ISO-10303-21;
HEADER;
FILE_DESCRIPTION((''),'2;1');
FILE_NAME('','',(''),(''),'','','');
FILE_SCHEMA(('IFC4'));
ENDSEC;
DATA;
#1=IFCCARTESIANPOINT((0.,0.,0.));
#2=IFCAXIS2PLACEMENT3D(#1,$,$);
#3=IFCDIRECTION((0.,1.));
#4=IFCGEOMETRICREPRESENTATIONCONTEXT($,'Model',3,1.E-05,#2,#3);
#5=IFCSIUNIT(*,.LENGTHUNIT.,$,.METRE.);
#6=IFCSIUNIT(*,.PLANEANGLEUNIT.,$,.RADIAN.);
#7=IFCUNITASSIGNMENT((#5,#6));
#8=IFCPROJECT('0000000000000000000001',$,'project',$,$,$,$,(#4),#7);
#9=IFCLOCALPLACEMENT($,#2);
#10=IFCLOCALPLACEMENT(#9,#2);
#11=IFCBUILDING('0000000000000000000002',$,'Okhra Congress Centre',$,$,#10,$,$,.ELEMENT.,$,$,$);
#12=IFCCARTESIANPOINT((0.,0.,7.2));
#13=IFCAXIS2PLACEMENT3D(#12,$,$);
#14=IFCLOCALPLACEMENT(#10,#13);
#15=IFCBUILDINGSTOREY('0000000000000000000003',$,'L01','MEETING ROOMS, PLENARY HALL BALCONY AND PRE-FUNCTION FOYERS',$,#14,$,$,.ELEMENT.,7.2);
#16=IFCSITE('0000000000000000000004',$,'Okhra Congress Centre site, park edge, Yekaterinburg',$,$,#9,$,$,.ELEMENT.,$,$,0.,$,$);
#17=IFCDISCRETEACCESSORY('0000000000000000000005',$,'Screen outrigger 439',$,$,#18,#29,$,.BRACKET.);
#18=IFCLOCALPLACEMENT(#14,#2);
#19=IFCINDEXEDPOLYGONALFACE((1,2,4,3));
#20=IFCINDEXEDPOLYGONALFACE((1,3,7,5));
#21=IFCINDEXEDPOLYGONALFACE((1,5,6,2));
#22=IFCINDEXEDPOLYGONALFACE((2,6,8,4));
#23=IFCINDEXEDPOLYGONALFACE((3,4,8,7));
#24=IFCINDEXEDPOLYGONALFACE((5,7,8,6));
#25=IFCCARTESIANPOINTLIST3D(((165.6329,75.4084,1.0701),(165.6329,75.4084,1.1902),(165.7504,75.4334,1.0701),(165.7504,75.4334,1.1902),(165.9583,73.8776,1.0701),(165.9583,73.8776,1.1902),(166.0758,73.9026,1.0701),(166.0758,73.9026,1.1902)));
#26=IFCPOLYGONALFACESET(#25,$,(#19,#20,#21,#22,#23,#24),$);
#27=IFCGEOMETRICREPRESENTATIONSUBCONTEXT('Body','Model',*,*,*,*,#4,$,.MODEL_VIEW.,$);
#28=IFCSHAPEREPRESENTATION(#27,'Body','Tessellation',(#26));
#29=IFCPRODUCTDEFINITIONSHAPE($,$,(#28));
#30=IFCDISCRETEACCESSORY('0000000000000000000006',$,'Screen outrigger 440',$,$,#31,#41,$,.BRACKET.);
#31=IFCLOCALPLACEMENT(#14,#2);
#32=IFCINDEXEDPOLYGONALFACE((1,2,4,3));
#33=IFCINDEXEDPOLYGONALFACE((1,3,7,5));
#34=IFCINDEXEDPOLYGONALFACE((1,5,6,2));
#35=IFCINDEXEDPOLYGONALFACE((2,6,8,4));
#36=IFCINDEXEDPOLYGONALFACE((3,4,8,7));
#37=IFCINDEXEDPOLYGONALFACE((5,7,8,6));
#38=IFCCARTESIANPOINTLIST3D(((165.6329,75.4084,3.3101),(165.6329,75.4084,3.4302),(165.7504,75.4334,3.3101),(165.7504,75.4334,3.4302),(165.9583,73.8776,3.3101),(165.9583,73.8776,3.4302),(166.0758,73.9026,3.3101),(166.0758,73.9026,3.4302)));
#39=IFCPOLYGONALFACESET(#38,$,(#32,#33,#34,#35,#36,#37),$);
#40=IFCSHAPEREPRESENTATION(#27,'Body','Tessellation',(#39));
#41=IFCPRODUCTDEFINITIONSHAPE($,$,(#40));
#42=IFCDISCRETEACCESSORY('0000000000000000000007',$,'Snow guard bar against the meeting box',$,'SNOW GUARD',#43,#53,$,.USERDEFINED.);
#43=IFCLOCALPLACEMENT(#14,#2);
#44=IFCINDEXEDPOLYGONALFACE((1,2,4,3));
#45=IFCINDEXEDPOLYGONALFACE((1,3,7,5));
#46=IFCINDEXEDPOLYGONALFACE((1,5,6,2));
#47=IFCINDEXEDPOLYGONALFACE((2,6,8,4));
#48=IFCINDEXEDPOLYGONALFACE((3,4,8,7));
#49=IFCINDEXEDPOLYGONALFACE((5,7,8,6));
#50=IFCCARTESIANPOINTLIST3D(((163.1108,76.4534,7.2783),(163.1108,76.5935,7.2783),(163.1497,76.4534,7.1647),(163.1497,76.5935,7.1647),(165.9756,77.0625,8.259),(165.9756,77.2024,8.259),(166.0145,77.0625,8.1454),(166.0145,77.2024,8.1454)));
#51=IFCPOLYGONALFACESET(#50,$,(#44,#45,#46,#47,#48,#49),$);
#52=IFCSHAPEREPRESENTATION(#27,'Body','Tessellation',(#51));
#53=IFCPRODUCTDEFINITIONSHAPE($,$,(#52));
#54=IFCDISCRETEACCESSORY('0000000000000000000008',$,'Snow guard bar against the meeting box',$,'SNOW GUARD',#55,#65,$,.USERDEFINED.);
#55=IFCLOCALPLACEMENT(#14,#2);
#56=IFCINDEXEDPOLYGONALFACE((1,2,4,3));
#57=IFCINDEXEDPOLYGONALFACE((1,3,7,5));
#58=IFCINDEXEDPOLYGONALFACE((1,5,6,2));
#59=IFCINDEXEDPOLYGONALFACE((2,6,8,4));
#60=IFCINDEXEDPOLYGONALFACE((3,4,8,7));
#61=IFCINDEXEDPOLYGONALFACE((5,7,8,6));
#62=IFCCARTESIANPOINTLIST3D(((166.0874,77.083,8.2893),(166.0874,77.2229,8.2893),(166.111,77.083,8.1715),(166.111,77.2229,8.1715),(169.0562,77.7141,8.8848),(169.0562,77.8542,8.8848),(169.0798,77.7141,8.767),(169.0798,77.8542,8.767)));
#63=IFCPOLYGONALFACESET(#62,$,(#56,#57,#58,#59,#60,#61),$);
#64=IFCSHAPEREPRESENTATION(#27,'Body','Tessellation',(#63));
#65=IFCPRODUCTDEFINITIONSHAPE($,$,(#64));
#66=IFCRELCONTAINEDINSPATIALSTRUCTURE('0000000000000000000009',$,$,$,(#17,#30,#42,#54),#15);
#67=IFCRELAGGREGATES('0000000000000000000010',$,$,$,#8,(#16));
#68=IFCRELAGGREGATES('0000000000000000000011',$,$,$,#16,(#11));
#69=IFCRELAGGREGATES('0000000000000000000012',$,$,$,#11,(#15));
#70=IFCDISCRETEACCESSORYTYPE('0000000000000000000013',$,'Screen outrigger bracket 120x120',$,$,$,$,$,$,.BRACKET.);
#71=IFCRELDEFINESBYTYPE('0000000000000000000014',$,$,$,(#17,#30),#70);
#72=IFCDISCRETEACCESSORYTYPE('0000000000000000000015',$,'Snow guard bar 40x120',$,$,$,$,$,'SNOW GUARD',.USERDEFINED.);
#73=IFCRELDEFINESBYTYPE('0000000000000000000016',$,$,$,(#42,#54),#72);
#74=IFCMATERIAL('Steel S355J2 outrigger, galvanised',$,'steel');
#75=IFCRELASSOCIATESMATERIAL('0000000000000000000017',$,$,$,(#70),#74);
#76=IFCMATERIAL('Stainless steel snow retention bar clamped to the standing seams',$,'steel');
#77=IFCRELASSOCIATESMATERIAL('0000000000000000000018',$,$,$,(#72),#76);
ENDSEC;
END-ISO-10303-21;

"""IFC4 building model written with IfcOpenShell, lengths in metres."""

from ifc_helpers import new_model, si_unit, direction, frame, origin, origin_2d, place, context, subcontext, project, spatial, polyline, rectangle, outline, extrude, material, material_profile, profile_set, type_object, element, save


model = new_model("IFC4")

# Units and contexts
model_context = context("Model", 3, precision=1e-05, world=origin(), true_north=direction((0.0, 1.0)))
body_context = subcontext(model_context, "Body", "Model", "MODEL_VIEW")
ifc_project = project(units=[si_unit("LENGTHUNIT", "METRE"), si_unit("PLANEANGLEUNIT", "RADIAN")], contexts=[model_context])

# Site, building, storey
site_placement = place(None, origin())
site = spatial("IfcSite", under=ifc_project, at=site_placement, Name="Okhra Congress Centre site, park edge, Yekaterinburg", CompositionType="ELEMENT", RefElevation=0.0)
building_placement = place(site_placement, origin())
building = spatial("IfcBuilding", under=site, at=building_placement, Name="Okhra Congress Centre", CompositionType="ELEMENT")
storey_placement = place(building_placement, frame((0.0, 0.0, 7.2)))
storey = spatial("IfcBuildingStorey", under=building, at=storey_placement, Name="L01", Description="MEETING ROOMS, PLENARY HALL BALCONY AND PRE-FUNCTION FOYERS", CompositionType="ELEMENT", Elevation=7.2)

# Discrete accessories
ifc_material_1 = material(Name="Steel S355J2 outrigger, galvanised", Category="steel")
ifc_material_profile_1 = material_profile(ifc_material_1, rectangle(XDim=0.1201, YDim=0.1201, at=origin_2d()), Name="Screen outrigger bracket 120x120")
ifc_profile_set_1 = profile_set([ifc_material_profile_1], Name="Steel S355J2 outrigger, galvanised")
discrete_accessory_type_1 = type_object("IfcDiscreteAccessoryType", Name="Screen outrigger bracket 120x120", PredefinedType="BRACKET", material=ifc_profile_set_1)
for number, where, z_axis, x_axis, name in (
    (1, (166.0171, 73.8901, 1.1301), (-0.207952, 0.978139, 0.0), (-0.978139, -0.207952, 0.0), "Screen outrigger 439"),
    (2, (166.0171, 73.8901, 3.3701), (-0.207952, 0.978139, 0.0), (-0.978139, -0.207952, 0.0), "Screen outrigger 440"),
):
    element("IfcDiscreteAccessory", number, at=place(storey_placement, frame(where, z_axis=z_axis, x_axis=x_axis)), inside=storey, type_object=discrete_accessory_type_1, Name=name, PredefinedType="BRACKET", context=body_context, shape_type="SweptSolid", body=[
        extrude(rectangle(XDim=0.1201, YDim=0.1201, at=origin_2d()), origin(), (0.0, 0.0, 1.0), 1.5649),
    ])
ifc_material_2 = material(Name="Stainless steel snow retention bar clamped to the standing seams", Category="steel")
discrete_accessory_type_2 = type_object("IfcDiscreteAccessoryType", Name="Snow guard bar 40x120", ElementType="SNOW GUARD", PredefinedType="USERDEFINED", material=ifc_material_2)
discrete_accessory_1_placement = place(storey_placement, frame((163.1108, 76.4534, 7.2783), z_axis=(-0.323885, 0.0, 0.946096), x_axis=(0.927515, 0.197217, 0.317524)))
element("IfcDiscreteAccessory", 3, at=discrete_accessory_1_placement, inside=storey, type_object=discrete_accessory_type_2, Name="Snow guard bar against the meeting box", ObjectType="SNOW GUARD", PredefinedType="USERDEFINED", context=body_context, shape_type="SweptSolid", body=[
    extrude(outline(polyline([(0.0, 0.0), (3.0886, 0.0), (3.1162, 0.1371), (0.0276, 0.1374), (0.0, 0.0)])), origin(), (0.0, 0.0, -1.0), 0.1201),
])
discrete_accessory_2_placement = place(storey_placement, frame((166.0874, 77.083, 8.2893), z_axis=(-0.196659, 0.0, 0.980472), x_axis=(0.959844, 0.204046, 0.192521)))
element("IfcDiscreteAccessory", 4, at=discrete_accessory_2_placement, inside=storey, type_object=discrete_accessory_type_2, Name="Snow guard bar against the meeting box", ObjectType="SNOW GUARD", PredefinedType="USERDEFINED", context=body_context, shape_type="SweptSolid", body=[
    extrude(outline(polyline([(0.0, 0.0), (3.0929, 0.0), (3.1215, 0.1372), (0.0285, 0.1369), (0.0, 0.0)])), origin(), (0.0, 0.0, -1.0), 0.1201),
])

save(model, "model.ifc")
